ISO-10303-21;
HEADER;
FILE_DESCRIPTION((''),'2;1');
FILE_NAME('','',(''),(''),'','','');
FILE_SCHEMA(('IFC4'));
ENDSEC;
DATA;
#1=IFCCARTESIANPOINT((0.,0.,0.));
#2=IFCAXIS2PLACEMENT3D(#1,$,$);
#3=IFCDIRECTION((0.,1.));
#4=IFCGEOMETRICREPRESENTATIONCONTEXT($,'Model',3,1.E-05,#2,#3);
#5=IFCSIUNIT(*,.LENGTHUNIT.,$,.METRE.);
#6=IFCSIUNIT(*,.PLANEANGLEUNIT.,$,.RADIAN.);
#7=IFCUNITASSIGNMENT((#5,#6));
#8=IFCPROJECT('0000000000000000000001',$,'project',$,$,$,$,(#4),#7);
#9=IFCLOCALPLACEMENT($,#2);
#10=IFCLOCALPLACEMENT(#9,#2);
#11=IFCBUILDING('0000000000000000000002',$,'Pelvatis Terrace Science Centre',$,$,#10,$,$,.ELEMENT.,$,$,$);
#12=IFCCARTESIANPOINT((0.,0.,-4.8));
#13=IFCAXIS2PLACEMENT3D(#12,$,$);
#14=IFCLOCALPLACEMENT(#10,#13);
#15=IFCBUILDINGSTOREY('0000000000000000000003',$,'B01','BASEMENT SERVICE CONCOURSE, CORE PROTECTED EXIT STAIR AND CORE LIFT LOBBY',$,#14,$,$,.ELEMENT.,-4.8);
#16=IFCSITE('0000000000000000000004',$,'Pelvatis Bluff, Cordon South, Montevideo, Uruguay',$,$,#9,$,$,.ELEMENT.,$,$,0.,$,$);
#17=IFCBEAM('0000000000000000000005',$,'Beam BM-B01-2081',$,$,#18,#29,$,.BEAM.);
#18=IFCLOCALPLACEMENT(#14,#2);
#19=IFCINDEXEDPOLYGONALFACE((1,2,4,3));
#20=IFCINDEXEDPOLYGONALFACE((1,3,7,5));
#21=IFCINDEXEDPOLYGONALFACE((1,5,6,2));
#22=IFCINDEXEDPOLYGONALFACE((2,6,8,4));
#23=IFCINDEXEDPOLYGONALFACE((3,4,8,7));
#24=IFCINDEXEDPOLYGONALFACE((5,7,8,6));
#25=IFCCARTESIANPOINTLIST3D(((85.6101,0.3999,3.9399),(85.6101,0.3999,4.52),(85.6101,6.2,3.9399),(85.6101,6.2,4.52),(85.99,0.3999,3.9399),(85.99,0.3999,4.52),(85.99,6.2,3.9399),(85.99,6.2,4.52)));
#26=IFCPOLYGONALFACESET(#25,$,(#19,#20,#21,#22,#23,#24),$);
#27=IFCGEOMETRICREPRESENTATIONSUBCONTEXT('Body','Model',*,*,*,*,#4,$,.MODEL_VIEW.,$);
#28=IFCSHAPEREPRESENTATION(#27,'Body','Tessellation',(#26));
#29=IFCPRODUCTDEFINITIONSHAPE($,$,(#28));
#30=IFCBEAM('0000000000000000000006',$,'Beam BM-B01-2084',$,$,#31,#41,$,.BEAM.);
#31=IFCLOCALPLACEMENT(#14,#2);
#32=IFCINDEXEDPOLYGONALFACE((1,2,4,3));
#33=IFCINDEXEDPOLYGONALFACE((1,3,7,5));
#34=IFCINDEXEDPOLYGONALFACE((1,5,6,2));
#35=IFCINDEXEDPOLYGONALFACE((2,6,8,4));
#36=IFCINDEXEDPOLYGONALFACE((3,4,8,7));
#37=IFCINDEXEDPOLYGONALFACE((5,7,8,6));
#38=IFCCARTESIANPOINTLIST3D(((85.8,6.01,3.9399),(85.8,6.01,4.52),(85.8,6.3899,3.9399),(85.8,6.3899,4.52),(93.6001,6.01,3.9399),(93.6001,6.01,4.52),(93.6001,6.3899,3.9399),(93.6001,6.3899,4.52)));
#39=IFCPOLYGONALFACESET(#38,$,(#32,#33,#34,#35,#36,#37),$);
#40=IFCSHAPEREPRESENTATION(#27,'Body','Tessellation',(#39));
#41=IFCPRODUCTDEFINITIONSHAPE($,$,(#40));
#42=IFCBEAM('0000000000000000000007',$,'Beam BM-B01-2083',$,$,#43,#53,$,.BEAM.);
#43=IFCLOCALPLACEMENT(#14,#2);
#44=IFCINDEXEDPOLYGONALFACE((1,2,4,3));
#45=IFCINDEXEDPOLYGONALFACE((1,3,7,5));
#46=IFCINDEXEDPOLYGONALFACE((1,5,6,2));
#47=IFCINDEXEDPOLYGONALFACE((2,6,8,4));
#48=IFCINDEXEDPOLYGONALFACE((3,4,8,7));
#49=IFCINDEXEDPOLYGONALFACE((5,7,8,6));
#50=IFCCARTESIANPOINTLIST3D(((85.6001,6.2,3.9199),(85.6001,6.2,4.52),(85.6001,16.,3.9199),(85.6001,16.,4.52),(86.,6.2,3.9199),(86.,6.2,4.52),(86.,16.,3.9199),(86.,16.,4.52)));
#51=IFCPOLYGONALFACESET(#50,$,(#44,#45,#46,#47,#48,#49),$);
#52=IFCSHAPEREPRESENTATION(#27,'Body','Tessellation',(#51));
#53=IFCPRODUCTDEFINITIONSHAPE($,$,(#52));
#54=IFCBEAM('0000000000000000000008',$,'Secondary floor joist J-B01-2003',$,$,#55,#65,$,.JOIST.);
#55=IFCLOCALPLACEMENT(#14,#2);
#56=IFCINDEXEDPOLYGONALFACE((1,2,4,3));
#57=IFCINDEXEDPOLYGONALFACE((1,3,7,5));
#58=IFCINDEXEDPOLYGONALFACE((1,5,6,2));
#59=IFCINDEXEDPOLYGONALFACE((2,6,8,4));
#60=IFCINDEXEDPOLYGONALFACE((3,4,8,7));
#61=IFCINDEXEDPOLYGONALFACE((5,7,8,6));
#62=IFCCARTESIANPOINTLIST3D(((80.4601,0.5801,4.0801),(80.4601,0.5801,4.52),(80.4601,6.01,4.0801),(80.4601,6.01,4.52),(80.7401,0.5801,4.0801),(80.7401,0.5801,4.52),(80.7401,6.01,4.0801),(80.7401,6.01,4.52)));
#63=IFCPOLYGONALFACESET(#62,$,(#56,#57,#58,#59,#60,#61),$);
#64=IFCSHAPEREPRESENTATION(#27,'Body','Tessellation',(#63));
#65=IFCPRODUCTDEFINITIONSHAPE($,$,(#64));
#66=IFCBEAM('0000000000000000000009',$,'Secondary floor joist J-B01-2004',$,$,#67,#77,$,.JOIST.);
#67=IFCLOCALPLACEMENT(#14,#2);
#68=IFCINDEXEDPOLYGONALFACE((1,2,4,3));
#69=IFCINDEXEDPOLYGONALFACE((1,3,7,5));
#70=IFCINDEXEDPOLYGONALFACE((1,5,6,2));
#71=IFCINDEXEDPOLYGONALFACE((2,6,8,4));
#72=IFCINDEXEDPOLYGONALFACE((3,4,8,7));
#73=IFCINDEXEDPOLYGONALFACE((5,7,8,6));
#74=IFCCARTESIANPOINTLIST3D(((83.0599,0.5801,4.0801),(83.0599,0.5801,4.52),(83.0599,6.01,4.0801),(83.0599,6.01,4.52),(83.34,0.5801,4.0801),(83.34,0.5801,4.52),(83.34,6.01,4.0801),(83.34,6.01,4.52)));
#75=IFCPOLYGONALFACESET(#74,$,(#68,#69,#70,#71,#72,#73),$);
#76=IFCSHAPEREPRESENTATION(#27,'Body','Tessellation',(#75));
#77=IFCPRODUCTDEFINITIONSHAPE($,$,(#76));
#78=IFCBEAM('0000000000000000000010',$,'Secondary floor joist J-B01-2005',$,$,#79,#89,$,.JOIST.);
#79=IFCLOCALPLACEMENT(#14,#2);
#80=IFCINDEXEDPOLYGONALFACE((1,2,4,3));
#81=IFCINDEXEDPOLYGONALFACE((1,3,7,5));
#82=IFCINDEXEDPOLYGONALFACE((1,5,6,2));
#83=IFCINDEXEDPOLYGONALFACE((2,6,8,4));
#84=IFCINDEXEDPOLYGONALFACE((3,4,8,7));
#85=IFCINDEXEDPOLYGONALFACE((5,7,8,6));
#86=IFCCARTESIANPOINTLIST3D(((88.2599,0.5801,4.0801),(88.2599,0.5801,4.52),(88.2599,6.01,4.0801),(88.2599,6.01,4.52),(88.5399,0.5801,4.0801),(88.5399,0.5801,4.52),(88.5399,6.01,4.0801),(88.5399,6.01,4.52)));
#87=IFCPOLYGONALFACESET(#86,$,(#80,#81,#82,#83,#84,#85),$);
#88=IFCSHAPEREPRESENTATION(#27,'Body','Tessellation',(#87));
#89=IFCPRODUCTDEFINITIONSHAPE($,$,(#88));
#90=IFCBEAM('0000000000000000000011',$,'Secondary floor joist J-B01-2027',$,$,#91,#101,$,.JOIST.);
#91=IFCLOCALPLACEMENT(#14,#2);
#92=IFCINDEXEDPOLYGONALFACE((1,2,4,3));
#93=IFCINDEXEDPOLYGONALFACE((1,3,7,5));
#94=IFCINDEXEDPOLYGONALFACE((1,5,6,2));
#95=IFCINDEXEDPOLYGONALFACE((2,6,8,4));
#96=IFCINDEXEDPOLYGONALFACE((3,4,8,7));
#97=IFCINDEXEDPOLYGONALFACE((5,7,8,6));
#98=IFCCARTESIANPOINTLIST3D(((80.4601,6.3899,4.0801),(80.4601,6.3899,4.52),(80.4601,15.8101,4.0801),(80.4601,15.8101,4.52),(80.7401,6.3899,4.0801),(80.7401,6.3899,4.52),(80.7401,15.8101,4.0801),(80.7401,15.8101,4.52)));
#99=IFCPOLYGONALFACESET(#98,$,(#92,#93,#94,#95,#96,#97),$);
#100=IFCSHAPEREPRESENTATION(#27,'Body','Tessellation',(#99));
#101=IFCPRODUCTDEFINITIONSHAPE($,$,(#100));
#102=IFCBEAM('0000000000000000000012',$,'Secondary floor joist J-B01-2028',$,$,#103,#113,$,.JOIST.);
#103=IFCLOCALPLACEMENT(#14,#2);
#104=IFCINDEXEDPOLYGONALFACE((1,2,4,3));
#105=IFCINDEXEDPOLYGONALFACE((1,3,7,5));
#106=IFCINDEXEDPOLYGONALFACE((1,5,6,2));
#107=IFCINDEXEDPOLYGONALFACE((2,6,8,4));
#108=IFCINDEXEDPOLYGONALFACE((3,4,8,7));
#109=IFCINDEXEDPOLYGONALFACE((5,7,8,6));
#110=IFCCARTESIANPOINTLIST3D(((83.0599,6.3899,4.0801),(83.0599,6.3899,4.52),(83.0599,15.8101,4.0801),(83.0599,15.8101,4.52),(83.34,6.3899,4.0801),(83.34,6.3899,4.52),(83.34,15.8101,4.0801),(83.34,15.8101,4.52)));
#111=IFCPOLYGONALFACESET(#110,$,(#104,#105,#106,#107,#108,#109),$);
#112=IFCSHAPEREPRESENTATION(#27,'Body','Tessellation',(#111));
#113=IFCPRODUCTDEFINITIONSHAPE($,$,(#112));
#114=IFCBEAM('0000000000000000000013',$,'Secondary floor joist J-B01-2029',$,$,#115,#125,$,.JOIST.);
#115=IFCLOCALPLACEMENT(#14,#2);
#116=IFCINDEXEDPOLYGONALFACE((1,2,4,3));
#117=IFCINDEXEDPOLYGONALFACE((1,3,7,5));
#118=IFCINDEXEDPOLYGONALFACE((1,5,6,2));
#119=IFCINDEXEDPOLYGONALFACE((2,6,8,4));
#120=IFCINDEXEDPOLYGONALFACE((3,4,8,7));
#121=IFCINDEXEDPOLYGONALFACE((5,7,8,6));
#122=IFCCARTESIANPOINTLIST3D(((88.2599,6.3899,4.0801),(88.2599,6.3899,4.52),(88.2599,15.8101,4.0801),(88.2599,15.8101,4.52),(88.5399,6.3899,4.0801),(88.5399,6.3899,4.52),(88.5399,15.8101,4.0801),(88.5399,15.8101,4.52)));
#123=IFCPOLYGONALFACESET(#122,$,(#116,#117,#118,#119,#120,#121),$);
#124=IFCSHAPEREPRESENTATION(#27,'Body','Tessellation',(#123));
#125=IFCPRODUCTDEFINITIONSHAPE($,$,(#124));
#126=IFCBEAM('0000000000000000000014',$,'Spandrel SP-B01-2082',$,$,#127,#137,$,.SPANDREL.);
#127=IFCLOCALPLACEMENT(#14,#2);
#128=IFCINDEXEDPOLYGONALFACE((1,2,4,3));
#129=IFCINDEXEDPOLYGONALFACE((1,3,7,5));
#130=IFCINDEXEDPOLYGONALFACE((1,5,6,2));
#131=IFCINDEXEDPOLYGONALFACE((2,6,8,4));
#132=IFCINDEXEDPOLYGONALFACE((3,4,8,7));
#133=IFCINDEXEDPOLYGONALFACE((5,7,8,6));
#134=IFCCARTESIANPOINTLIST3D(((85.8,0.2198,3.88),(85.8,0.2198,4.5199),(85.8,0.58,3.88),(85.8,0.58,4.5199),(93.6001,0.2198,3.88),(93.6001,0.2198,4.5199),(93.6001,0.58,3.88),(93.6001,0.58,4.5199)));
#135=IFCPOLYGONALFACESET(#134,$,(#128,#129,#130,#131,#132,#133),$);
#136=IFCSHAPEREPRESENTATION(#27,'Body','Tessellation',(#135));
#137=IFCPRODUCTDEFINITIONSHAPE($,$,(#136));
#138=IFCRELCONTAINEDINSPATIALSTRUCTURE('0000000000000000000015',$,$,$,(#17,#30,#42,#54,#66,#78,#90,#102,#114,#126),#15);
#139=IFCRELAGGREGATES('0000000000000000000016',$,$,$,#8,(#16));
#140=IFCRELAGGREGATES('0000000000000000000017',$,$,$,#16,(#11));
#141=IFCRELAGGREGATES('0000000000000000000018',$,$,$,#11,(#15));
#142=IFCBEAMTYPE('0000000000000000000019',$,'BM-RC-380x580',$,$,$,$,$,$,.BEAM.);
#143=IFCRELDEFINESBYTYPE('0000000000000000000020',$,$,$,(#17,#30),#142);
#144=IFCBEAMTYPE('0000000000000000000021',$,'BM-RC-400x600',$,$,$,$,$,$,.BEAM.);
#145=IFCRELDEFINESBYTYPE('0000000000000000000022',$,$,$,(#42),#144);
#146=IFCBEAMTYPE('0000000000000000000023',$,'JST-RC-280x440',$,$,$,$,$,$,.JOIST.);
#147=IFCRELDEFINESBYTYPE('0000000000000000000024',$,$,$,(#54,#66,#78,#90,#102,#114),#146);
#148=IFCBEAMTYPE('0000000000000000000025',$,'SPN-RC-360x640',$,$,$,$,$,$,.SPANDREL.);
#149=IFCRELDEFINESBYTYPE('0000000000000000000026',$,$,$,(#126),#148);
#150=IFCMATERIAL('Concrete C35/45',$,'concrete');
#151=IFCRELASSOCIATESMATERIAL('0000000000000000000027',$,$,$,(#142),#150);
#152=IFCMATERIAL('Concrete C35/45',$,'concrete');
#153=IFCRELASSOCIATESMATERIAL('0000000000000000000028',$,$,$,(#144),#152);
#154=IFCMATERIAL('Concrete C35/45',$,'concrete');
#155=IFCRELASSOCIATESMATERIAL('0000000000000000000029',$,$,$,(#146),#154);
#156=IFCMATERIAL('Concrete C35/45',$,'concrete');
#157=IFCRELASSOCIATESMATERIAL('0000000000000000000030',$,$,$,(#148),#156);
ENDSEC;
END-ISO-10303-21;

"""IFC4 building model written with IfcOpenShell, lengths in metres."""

from ifc_helpers import new_model, si_unit, direction, frame, origin, origin_2d, place, context, subcontext, project, spatial, rectangle, extrude, material, material_profile, profile_set, type_object, element, save


model = new_model("IFC4")

# Units and contexts
model_context = context("Model", 3, precision=1e-05, world=origin(), true_north=direction((0.0, 1.0)))
body_context = subcontext(model_context, "Body", "Model", "MODEL_VIEW")
ifc_project = project(units=[si_unit("LENGTHUNIT", "METRE"), si_unit("PLANEANGLEUNIT", "RADIAN")], contexts=[model_context])

# Site, building, storey
site_placement = place(None, origin())
site = spatial("IfcSite", under=ifc_project, at=site_placement, Name="Pelvatis Bluff, Cordon South, Montevideo, Uruguay", CompositionType="ELEMENT", RefElevation=0.0)
building_placement = place(site_placement, origin())
building = spatial("IfcBuilding", under=site, at=building_placement, Name="Pelvatis Terrace Science Centre", CompositionType="ELEMENT")
storey_placement = place(building_placement, frame((0.0, 0.0, -4.8)))
storey = spatial("IfcBuildingStorey", under=building, at=storey_placement, Name="B01", Description="BASEMENT SERVICE CONCOURSE, CORE PROTECTED EXIT STAIR AND CORE LIFT LOBBY", CompositionType="ELEMENT", Elevation=-4.8)

# Beams
ifc_material_1 = material(Name="Concrete C35/45", Category="concrete")
ifc_material_profile_1 = material_profile(ifc_material_1, rectangle(XDim=0.3799, YDim=0.5801, at=origin_2d()), Name="RC-BM 380x580")
ifc_profile_set_1 = profile_set([ifc_material_profile_1], Name="Concrete C35/45")
beam_type_1 = type_object("IfcBeamType", Name="BM-RC-380x580", PredefinedType="BEAM", material=ifc_profile_set_1)
beam_1_placement = place(storey_placement, frame((85.8, 0.3999, 4.23), z_axis=(0.0, 1.0, 0.0), x_axis=(-1.0, 0.0, 0.0)))
element("IfcBeam", 1, at=beam_1_placement, inside=storey, type_object=beam_type_1, Name="Beam BM-B01-2081", PredefinedType="BEAM", context=body_context, shape_type="SweptSolid", body=[
    extrude(rectangle(XDim=0.3799, YDim=0.5801, at=origin_2d()), origin(), (0.0, 0.0, 1.0), 5.8),
])
beam_2_placement = place(storey_placement, frame((85.8, 6.2, 4.23), z_axis=(1.0, 0.0, 0.0), x_axis=(0.0, 1.0, 0.0)))
element("IfcBeam", 2, at=beam_2_placement, inside=storey, type_object=beam_type_1, Name="Beam BM-B01-2084", PredefinedType="BEAM", context=body_context, shape_type="SweptSolid", body=[
    extrude(rectangle(XDim=0.3799, YDim=0.5801, at=origin_2d()), origin(), (0.0, 0.0, 1.0), 7.8),
])
ifc_material_2 = material(Name="Concrete C35/45", Category="concrete")
ifc_material_profile_2 = material_profile(ifc_material_2, rectangle(XDim=0.3999, YDim=0.6001, at=origin_2d()), Name="RC-BM 400x600")
ifc_profile_set_2 = profile_set([ifc_material_profile_2], Name="Concrete C35/45")
beam_type_2 = type_object("IfcBeamType", Name="BM-RC-400x600", PredefinedType="BEAM", material=ifc_profile_set_2)
beam_3_placement = place(storey_placement, frame((85.8, 6.2, 4.22), z_axis=(0.0, 1.0, 0.0), x_axis=(-1.0, 0.0, 0.0)))
element("IfcBeam", 3, at=beam_3_placement, inside=storey, type_object=beam_type_2, Name="Beam BM-B01-2083", PredefinedType="BEAM", context=body_context, shape_type="SweptSolid", body=[
    extrude(rectangle(XDim=0.3999, YDim=0.6001, at=origin_2d()), origin(), (0.0, 0.0, 1.0), 9.8),
])
ifc_material_3 = material(Name="Concrete C35/45", Category="concrete")
ifc_material_profile_3 = material_profile(ifc_material_3, rectangle(XDim=0.28, YDim=0.4399, at=origin_2d()), Name="RC-JST 280x440")
ifc_profile_set_3 = profile_set([ifc_material_profile_3], Name="Concrete C35/45")
beam_type_3 = type_object("IfcBeamType", Name="JST-RC-280x440", PredefinedType="JOIST", material=ifc_profile_set_3)
for number, where, z_axis, x_axis, name in (
    (4, (80.6001, 0.5801, 4.3), (0.0, 1.0, 0.0), (-1.0, 0.0, 0.0), "Secondary floor joist J-B01-2003"),
    (5, (83.2, 0.5801, 4.3), (0.0, 1.0, 0.0), (-1.0, 0.0, 0.0), "Secondary floor joist J-B01-2004"),
    (6, (88.3999, 0.5801, 4.3), (0.0, 1.0, 0.0), (-1.0, 0.0, 0.0), "Secondary floor joist J-B01-2005"),
):
    element("IfcBeam", number, at=place(storey_placement, frame(where, z_axis=z_axis, x_axis=x_axis)), inside=storey, type_object=beam_type_3, Name=name, PredefinedType="JOIST", context=body_context, shape_type="SweptSolid", body=[
        extrude(rectangle(XDim=0.28, YDim=0.4399, at=origin_2d()), origin(), (0.0, 0.0, 1.0), 5.4299),
    ])
for number, where, z_axis, x_axis, name in (
    (7, (80.6001, 6.3899, 4.3), (0.0, 1.0, 0.0), (-1.0, 0.0, 0.0), "Secondary floor joist J-B01-2027"),
    (8, (83.2, 6.3899, 4.3), (0.0, 1.0, 0.0), (-1.0, 0.0, 0.0), "Secondary floor joist J-B01-2028"),
    (9, (88.3999, 6.3899, 4.3), (0.0, 1.0, 0.0), (-1.0, 0.0, 0.0), "Secondary floor joist J-B01-2029"),
):
    element("IfcBeam", number, at=place(storey_placement, frame(where, z_axis=z_axis, x_axis=x_axis)), inside=storey, type_object=beam_type_3, Name=name, PredefinedType="JOIST", context=body_context, shape_type="SweptSolid", body=[
        extrude(rectangle(XDim=0.28, YDim=0.4399, at=origin_2d()), origin(), (0.0, 0.0, 1.0), 9.4202),
    ])
ifc_material_4 = material(Name="Concrete C35/45", Category="concrete")
ifc_material_profile_4 = material_profile(ifc_material_4, rectangle(XDim=0.3601, YDim=0.6399, at=origin_2d()), Name="RC-SPN 360x640")
ifc_profile_set_4 = profile_set([ifc_material_profile_4], Name="Concrete C35/45")
beam_type_4 = type_object("IfcBeamType", Name="SPN-RC-360x640", PredefinedType="SPANDREL", material=ifc_profile_set_4)
beam_4_placement = place(storey_placement, frame((85.8, 0.3999, 4.2), z_axis=(1.0, 0.0, 0.0), x_axis=(0.0, 1.0, 0.0)))
element("IfcBeam", 10, at=beam_4_placement, inside=storey, type_object=beam_type_4, Name="Spandrel SP-B01-2082", PredefinedType="SPANDREL", context=body_context, shape_type="SweptSolid", body=[
    extrude(rectangle(XDim=0.3601, YDim=0.6399, at=origin_2d()), origin(), (0.0, 0.0, 1.0), 7.8),
])

save(model, "model.ifc")
